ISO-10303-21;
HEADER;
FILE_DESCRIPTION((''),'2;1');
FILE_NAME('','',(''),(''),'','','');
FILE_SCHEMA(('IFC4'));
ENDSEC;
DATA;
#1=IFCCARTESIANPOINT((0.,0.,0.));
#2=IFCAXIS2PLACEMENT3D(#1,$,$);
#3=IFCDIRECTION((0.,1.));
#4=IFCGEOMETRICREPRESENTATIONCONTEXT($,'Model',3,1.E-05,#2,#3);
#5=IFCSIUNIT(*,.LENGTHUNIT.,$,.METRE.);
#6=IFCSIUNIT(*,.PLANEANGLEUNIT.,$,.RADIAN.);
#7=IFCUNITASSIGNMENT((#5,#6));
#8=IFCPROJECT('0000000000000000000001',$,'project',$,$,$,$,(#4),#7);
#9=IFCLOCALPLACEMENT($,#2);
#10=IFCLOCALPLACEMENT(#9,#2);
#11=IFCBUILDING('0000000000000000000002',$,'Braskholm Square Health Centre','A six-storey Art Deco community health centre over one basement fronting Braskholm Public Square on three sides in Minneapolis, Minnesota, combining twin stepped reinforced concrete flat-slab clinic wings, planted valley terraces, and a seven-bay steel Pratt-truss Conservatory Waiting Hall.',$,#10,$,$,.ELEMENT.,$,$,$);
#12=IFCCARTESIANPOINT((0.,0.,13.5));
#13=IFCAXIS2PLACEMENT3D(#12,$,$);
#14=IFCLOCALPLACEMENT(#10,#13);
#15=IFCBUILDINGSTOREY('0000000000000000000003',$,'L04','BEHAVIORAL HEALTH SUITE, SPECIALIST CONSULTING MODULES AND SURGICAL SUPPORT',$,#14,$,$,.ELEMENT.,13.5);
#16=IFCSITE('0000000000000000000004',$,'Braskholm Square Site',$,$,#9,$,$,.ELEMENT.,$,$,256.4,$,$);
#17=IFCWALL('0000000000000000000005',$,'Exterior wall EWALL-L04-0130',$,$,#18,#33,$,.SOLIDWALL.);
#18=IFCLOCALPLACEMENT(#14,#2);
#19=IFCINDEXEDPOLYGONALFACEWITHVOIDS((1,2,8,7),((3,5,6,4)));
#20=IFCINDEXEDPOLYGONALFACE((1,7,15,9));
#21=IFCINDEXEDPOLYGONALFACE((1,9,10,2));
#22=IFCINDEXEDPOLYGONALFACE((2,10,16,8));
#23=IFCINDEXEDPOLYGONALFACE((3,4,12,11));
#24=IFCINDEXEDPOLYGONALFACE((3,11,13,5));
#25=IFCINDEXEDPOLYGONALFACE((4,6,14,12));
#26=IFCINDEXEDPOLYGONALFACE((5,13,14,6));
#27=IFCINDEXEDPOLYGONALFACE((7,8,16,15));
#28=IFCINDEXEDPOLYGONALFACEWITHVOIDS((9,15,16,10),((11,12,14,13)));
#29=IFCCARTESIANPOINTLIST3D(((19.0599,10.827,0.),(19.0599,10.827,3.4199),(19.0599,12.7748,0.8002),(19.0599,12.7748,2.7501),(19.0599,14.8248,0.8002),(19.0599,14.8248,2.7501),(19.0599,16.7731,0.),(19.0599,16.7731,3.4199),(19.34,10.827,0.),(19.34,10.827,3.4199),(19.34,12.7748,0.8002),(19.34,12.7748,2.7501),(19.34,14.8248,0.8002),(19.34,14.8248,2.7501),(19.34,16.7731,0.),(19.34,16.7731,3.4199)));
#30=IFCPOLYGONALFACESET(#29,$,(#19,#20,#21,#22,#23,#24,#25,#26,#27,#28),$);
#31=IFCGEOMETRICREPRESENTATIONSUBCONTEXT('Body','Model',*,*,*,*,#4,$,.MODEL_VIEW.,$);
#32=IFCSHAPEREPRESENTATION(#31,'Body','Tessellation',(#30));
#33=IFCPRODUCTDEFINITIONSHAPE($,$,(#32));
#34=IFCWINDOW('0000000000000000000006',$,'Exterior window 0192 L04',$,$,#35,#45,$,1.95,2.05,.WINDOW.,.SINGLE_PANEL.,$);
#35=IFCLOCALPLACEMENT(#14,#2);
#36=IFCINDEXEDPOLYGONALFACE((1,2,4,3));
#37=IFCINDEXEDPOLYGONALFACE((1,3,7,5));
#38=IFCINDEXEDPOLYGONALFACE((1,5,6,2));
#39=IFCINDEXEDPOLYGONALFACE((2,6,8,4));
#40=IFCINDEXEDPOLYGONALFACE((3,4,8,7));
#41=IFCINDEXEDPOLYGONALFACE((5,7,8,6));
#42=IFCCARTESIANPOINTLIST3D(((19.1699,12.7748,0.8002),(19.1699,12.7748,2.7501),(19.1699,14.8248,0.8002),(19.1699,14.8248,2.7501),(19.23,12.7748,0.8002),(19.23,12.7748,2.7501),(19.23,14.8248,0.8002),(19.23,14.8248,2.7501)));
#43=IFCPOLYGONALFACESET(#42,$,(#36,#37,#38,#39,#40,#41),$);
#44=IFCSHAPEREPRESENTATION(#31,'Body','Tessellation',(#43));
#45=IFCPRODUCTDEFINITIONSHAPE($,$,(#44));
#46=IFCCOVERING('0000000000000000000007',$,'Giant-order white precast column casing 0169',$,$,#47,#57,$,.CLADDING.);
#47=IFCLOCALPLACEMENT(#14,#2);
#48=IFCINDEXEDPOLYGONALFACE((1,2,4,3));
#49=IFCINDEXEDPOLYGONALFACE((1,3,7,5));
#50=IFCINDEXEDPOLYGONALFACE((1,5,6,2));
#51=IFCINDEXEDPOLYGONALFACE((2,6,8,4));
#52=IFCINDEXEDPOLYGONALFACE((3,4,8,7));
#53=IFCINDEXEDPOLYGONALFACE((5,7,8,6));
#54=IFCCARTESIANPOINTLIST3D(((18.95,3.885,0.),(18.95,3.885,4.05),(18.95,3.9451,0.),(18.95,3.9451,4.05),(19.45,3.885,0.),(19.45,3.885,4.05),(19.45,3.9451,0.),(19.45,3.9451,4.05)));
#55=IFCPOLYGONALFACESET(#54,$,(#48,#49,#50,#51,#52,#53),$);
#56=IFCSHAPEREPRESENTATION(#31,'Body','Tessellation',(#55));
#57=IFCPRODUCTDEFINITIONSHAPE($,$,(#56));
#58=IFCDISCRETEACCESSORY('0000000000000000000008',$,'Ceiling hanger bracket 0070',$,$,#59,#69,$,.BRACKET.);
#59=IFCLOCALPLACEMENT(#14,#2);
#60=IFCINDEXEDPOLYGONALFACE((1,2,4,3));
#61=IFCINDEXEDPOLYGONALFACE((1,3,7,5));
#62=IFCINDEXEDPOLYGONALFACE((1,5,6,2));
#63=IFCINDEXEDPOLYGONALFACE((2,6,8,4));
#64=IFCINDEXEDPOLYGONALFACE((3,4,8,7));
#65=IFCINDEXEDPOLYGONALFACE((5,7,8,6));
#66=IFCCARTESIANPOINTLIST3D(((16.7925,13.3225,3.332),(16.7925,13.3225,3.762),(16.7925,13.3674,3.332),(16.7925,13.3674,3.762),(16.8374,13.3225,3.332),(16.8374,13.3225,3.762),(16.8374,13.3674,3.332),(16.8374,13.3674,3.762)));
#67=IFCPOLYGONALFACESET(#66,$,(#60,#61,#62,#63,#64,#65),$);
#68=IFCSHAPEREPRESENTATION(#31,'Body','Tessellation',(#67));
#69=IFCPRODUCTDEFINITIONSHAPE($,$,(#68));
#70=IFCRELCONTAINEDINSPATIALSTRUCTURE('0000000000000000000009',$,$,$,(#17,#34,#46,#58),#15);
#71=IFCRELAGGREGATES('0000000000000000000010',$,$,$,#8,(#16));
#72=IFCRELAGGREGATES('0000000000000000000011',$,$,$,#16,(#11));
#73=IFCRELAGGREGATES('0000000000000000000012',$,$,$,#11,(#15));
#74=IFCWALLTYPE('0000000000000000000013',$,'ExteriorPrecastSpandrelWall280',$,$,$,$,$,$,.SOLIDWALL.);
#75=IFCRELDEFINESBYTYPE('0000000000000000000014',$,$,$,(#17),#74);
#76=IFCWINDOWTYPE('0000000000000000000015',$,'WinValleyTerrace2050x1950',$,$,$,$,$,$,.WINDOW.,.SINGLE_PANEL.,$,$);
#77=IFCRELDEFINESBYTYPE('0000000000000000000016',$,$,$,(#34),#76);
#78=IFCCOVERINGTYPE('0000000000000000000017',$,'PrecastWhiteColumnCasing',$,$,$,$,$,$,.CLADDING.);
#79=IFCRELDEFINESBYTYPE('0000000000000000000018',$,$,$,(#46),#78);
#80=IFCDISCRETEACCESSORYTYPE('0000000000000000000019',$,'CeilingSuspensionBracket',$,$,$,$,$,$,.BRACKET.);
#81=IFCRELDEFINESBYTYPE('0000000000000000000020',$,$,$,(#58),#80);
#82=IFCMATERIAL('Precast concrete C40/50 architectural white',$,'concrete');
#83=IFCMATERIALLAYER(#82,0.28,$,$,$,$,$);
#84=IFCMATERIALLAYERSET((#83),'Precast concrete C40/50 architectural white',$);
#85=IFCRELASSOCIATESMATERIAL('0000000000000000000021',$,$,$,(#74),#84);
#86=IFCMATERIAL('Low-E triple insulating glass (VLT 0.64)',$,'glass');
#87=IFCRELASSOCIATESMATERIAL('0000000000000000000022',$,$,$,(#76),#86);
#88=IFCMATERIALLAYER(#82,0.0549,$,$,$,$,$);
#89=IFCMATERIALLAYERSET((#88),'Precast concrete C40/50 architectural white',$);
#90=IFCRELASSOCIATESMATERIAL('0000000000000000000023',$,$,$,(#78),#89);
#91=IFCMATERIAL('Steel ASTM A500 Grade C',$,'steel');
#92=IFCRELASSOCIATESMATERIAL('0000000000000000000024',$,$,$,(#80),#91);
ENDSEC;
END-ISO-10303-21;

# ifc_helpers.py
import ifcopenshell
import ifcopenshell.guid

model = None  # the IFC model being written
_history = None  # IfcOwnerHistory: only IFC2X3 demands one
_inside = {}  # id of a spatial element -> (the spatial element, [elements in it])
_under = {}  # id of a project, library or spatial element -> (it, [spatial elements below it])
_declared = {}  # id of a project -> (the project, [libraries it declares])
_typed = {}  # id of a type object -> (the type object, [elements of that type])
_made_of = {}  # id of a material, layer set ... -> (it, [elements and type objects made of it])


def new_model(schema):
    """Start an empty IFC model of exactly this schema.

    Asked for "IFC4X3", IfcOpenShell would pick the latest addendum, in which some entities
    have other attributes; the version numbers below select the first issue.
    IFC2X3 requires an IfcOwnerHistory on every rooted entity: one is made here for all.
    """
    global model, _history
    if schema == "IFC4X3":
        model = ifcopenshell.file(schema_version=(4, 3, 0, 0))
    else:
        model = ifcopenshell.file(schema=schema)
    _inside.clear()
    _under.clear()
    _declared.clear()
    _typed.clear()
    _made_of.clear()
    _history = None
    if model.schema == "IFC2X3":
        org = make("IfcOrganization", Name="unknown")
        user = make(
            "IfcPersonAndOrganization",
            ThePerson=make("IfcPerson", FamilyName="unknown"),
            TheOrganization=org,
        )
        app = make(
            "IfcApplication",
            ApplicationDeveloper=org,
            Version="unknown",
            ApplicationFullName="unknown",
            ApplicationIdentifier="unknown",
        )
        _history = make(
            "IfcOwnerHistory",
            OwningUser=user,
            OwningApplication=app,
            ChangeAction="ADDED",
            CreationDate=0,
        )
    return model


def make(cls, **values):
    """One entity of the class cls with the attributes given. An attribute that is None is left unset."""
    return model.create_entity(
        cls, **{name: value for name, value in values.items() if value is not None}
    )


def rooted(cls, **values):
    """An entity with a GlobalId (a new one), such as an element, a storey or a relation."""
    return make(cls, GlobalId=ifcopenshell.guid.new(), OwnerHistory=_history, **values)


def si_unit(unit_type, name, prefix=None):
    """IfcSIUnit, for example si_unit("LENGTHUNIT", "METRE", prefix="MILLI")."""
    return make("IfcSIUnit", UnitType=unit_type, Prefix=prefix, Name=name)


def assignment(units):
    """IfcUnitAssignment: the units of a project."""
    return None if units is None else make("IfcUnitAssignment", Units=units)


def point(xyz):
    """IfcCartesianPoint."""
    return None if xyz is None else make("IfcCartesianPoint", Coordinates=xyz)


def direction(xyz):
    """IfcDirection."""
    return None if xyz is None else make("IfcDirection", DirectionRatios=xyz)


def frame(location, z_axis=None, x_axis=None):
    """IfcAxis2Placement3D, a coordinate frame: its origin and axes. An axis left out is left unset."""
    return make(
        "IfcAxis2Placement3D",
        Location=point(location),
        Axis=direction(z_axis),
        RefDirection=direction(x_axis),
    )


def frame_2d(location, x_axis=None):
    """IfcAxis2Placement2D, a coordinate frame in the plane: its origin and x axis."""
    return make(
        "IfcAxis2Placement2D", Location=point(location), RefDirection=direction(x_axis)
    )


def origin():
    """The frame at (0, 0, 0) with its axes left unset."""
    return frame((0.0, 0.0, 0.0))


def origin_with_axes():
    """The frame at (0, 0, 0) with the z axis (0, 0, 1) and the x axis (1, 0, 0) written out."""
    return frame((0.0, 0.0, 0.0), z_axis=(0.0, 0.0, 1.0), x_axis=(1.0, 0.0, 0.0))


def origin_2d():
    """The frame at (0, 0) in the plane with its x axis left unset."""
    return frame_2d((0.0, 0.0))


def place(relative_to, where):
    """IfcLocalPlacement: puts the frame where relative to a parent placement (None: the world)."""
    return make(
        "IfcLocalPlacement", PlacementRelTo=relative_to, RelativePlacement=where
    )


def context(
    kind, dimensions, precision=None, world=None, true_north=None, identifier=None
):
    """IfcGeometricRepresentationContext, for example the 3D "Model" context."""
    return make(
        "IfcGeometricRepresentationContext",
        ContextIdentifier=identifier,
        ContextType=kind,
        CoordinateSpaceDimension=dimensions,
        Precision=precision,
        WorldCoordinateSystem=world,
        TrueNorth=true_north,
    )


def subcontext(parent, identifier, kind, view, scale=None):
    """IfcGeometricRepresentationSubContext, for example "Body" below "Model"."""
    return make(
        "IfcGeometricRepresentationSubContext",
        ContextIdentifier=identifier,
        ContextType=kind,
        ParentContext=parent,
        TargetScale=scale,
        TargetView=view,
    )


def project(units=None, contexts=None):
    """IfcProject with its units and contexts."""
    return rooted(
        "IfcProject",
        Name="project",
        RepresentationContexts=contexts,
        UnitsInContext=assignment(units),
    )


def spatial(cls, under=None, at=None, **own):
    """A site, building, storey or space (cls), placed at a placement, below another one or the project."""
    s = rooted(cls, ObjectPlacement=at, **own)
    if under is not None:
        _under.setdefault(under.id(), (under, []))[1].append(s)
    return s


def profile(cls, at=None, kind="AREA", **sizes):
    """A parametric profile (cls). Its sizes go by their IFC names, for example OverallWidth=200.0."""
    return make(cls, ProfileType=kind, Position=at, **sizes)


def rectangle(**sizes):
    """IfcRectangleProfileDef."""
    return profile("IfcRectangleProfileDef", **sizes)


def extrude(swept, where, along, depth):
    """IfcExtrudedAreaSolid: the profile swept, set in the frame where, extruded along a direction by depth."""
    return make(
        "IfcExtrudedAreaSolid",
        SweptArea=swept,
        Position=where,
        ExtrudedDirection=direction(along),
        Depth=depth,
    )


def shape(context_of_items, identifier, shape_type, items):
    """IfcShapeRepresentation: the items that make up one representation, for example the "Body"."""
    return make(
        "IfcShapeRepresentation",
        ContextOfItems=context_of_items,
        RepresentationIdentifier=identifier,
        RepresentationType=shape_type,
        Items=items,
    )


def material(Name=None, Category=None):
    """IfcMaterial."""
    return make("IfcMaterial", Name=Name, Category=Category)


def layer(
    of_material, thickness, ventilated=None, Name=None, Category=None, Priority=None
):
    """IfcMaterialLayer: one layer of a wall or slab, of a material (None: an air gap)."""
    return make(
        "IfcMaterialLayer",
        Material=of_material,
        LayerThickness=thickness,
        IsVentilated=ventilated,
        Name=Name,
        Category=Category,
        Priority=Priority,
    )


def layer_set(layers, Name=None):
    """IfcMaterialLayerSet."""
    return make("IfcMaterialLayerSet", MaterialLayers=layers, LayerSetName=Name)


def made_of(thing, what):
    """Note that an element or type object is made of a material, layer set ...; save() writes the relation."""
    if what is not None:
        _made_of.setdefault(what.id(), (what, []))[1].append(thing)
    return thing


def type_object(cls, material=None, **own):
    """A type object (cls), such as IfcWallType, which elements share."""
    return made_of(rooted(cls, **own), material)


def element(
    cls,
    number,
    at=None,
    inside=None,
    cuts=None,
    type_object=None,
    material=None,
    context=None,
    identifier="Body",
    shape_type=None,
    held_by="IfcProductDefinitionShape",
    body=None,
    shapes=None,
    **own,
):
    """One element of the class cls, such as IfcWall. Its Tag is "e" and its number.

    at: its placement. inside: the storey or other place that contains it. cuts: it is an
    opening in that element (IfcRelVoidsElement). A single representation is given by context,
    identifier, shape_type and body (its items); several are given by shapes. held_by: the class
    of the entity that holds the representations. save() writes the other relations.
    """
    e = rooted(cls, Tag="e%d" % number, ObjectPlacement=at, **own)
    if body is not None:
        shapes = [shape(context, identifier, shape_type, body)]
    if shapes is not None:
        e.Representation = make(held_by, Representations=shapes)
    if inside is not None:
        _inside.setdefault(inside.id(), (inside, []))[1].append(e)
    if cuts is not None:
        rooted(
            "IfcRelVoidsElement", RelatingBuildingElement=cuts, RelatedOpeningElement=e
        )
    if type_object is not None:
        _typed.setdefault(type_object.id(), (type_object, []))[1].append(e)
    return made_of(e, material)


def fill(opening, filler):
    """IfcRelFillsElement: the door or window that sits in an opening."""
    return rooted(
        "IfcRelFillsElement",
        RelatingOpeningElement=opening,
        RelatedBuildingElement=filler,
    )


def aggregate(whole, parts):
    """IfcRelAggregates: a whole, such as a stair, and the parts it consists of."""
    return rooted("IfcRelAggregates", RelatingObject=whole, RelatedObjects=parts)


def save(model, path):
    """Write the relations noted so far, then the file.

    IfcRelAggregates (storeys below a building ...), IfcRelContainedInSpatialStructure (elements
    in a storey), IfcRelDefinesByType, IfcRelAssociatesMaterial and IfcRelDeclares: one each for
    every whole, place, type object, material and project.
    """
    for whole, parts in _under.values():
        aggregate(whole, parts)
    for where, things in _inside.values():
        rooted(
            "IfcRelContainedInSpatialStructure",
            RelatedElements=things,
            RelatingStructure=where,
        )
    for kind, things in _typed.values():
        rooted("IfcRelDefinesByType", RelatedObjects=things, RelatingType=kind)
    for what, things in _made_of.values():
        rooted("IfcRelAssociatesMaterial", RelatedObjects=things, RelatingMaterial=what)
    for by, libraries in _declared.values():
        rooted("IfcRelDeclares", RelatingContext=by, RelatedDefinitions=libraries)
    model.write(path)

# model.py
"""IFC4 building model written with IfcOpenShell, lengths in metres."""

from ifc_helpers import new_model, si_unit, direction, frame, frame_2d, origin, origin_with_axes, origin_2d, place, context, subcontext, project, spatial, rectangle, extrude, material, layer, layer_set, type_object, element, fill, save


model = new_model("IFC4")

# Units and contexts
model_context = context("Model", 3, precision=1e-05, world=origin(), true_north=direction((0.0, 1.0)))
body_context = subcontext(model_context, "Body", "Model", "MODEL_VIEW")
ifc_project = project(units=[si_unit("LENGTHUNIT", "METRE"), si_unit("PLANEANGLEUNIT", "RADIAN")], contexts=[model_context])

# Site, building, storey
site_placement = place(None, origin())
site = spatial("IfcSite", under=ifc_project, at=site_placement, Name="Braskholm Square Site", CompositionType="ELEMENT", RefElevation=256.4)
building_placement = place(site_placement, origin())
building = spatial("IfcBuilding", under=site, at=building_placement, Name="Braskholm Square Health Centre", Description="A six-storey Art Deco community health centre over one basement fronting Braskholm Public Square on three sides in Minneapolis, Minnesota, combining twin stepped reinforced concrete flat-slab clinic wings, planted valley terraces, and a seven-bay steel Pratt-truss Conservatory Waiting Hall.", CompositionType="ELEMENT")
storey_placement = place(building_placement, frame((0.0, 0.0, 13.5)))
storey = spatial("IfcBuildingStorey", under=building, at=storey_placement, Name="L04", Description="BEHAVIORAL HEALTH SUITE, SPECIALIST CONSULTING MODULES AND SURGICAL SUPPORT", CompositionType="ELEMENT", Elevation=13.5)

# Shared definitions
ifc_material_1 = material(Name="Precast concrete C40/50 architectural white", Category="concrete")

# Shared definitions
ifc_material_2 = material(Name="Low-E triple insulating glass (VLT 0.64)", Category="glass")

# Wall, opening, window
ifc_layer_1 = layer(ifc_material_1, 0.28)
ifc_layer_set_1 = layer_set([ifc_layer_1], Name="Precast concrete C40/50 architectural white")
wall_type = type_object("IfcWallType", Name="ExteriorPrecastSpandrelWall280", PredefinedType="SOLIDWALL", material=ifc_layer_set_1)
wall_placement = place(storey_placement, frame((19.2, 10.8269, 0.0), z_axis=(0.0, 0.0, 1.0), x_axis=(0.0, 1.0, 0.0)))
wall = element("IfcWall", 1, at=wall_placement, inside=storey, type_object=wall_type, Name="Exterior wall EWALL-L04-0130", PredefinedType="SOLIDWALL", context=body_context, shape_type="SweptSolid", body=[
    extrude(rectangle(XDim=5.946, YDim=0.28, at=frame_2d((2.9731, 0.0))), origin(), (0.0, 0.0, 1.0), 3.4199),
])
opening_placement = place(wall_placement, frame((1.948, 0.0, 0.8)))
opening = element("IfcOpeningElement", 2, at=opening_placement, cuts=wall, PredefinedType="OPENING", context=body_context, shape_type="SweptSolid", body=[
    extrude(rectangle(XDim=2.05, YDim=1.95, at=frame_2d((1.0249, 0.9751))), frame((0.0, 0.1499, 0.0), z_axis=(0.0, -1.0, 0.0), x_axis=(1.0, 0.0, 0.0)), (0.0, 0.0, 1.0), 0.3),
])
window_type = type_object("IfcWindowType", Name="WinValleyTerrace2050x1950", PartitioningType="SINGLE_PANEL", PredefinedType="WINDOW", material=ifc_material_2)
window_placement = place(opening_placement, origin_with_axes())
window = element("IfcWindow", 3, at=window_placement, inside=storey, type_object=window_type, Name="Exterior window 0192 L04", OverallHeight=1.95, OverallWidth=2.05, PartitioningType="SINGLE_PANEL", PredefinedType="WINDOW", context=body_context, shape_type="SweptSolid", body=[
    extrude(rectangle(XDim=2.05, YDim=1.95, at=frame_2d((1.0249, 0.9751))), frame((0.0, 0.03, 0.0), z_axis=(0.0, -1.0, 0.0), x_axis=(1.0, 0.0, 0.0)), (0.0, 0.0, 1.0), 0.0601),
])
fill(opening, window)

# Covering
ifc_layer_2 = layer(ifc_material_1, 0.0549)
ifc_layer_set_2 = layer_set([ifc_layer_2], Name="Precast concrete C40/50 architectural white")
covering_type = type_object("IfcCoveringType", Name="PrecastWhiteColumnCasing", PredefinedType="CLADDING", material=ifc_layer_set_2)
covering_placement = place(storey_placement, frame((19.2, 3.915, 0.0), z_axis=(0.0, 0.0, 1.0), x_axis=(1.0, 0.0, 0.0)))
element("IfcCovering", 4, at=covering_placement, inside=storey, type_object=covering_type, Name="Giant-order white precast column casing 0169", PredefinedType="CLADDING", context=body_context, shape_type="SweptSolid", body=[
    extrude(rectangle(XDim=0.5, YDim=0.0601, at=origin_2d()), origin(), (0.0, 0.0, 1.0), 4.05),
])

# Discrete accessory
ifc_material_3 = material(Name="Steel ASTM A500 Grade C", Category="steel")
discrete_accessory_type = type_object("IfcDiscreteAccessoryType", Name="CeilingSuspensionBracket", PredefinedType="BRACKET", material=ifc_material_3)
discrete_accessory_placement = place(storey_placement, frame((16.8149, 13.345, 3.332), z_axis=(0.0, 0.0, 1.0), x_axis=(1.0, 0.0, 0.0)))
element("IfcDiscreteAccessory", 5, at=discrete_accessory_placement, inside=storey, type_object=discrete_accessory_type, Name="Ceiling hanger bracket 0070", PredefinedType="BRACKET", context=body_context, shape_type="SweptSolid", body=[
    extrude(rectangle(XDim=0.0449, YDim=0.0449, at=origin_2d()), origin(), (0.0, 0.0, 1.0), 0.4299),
])

save(model, "model.ifc")
